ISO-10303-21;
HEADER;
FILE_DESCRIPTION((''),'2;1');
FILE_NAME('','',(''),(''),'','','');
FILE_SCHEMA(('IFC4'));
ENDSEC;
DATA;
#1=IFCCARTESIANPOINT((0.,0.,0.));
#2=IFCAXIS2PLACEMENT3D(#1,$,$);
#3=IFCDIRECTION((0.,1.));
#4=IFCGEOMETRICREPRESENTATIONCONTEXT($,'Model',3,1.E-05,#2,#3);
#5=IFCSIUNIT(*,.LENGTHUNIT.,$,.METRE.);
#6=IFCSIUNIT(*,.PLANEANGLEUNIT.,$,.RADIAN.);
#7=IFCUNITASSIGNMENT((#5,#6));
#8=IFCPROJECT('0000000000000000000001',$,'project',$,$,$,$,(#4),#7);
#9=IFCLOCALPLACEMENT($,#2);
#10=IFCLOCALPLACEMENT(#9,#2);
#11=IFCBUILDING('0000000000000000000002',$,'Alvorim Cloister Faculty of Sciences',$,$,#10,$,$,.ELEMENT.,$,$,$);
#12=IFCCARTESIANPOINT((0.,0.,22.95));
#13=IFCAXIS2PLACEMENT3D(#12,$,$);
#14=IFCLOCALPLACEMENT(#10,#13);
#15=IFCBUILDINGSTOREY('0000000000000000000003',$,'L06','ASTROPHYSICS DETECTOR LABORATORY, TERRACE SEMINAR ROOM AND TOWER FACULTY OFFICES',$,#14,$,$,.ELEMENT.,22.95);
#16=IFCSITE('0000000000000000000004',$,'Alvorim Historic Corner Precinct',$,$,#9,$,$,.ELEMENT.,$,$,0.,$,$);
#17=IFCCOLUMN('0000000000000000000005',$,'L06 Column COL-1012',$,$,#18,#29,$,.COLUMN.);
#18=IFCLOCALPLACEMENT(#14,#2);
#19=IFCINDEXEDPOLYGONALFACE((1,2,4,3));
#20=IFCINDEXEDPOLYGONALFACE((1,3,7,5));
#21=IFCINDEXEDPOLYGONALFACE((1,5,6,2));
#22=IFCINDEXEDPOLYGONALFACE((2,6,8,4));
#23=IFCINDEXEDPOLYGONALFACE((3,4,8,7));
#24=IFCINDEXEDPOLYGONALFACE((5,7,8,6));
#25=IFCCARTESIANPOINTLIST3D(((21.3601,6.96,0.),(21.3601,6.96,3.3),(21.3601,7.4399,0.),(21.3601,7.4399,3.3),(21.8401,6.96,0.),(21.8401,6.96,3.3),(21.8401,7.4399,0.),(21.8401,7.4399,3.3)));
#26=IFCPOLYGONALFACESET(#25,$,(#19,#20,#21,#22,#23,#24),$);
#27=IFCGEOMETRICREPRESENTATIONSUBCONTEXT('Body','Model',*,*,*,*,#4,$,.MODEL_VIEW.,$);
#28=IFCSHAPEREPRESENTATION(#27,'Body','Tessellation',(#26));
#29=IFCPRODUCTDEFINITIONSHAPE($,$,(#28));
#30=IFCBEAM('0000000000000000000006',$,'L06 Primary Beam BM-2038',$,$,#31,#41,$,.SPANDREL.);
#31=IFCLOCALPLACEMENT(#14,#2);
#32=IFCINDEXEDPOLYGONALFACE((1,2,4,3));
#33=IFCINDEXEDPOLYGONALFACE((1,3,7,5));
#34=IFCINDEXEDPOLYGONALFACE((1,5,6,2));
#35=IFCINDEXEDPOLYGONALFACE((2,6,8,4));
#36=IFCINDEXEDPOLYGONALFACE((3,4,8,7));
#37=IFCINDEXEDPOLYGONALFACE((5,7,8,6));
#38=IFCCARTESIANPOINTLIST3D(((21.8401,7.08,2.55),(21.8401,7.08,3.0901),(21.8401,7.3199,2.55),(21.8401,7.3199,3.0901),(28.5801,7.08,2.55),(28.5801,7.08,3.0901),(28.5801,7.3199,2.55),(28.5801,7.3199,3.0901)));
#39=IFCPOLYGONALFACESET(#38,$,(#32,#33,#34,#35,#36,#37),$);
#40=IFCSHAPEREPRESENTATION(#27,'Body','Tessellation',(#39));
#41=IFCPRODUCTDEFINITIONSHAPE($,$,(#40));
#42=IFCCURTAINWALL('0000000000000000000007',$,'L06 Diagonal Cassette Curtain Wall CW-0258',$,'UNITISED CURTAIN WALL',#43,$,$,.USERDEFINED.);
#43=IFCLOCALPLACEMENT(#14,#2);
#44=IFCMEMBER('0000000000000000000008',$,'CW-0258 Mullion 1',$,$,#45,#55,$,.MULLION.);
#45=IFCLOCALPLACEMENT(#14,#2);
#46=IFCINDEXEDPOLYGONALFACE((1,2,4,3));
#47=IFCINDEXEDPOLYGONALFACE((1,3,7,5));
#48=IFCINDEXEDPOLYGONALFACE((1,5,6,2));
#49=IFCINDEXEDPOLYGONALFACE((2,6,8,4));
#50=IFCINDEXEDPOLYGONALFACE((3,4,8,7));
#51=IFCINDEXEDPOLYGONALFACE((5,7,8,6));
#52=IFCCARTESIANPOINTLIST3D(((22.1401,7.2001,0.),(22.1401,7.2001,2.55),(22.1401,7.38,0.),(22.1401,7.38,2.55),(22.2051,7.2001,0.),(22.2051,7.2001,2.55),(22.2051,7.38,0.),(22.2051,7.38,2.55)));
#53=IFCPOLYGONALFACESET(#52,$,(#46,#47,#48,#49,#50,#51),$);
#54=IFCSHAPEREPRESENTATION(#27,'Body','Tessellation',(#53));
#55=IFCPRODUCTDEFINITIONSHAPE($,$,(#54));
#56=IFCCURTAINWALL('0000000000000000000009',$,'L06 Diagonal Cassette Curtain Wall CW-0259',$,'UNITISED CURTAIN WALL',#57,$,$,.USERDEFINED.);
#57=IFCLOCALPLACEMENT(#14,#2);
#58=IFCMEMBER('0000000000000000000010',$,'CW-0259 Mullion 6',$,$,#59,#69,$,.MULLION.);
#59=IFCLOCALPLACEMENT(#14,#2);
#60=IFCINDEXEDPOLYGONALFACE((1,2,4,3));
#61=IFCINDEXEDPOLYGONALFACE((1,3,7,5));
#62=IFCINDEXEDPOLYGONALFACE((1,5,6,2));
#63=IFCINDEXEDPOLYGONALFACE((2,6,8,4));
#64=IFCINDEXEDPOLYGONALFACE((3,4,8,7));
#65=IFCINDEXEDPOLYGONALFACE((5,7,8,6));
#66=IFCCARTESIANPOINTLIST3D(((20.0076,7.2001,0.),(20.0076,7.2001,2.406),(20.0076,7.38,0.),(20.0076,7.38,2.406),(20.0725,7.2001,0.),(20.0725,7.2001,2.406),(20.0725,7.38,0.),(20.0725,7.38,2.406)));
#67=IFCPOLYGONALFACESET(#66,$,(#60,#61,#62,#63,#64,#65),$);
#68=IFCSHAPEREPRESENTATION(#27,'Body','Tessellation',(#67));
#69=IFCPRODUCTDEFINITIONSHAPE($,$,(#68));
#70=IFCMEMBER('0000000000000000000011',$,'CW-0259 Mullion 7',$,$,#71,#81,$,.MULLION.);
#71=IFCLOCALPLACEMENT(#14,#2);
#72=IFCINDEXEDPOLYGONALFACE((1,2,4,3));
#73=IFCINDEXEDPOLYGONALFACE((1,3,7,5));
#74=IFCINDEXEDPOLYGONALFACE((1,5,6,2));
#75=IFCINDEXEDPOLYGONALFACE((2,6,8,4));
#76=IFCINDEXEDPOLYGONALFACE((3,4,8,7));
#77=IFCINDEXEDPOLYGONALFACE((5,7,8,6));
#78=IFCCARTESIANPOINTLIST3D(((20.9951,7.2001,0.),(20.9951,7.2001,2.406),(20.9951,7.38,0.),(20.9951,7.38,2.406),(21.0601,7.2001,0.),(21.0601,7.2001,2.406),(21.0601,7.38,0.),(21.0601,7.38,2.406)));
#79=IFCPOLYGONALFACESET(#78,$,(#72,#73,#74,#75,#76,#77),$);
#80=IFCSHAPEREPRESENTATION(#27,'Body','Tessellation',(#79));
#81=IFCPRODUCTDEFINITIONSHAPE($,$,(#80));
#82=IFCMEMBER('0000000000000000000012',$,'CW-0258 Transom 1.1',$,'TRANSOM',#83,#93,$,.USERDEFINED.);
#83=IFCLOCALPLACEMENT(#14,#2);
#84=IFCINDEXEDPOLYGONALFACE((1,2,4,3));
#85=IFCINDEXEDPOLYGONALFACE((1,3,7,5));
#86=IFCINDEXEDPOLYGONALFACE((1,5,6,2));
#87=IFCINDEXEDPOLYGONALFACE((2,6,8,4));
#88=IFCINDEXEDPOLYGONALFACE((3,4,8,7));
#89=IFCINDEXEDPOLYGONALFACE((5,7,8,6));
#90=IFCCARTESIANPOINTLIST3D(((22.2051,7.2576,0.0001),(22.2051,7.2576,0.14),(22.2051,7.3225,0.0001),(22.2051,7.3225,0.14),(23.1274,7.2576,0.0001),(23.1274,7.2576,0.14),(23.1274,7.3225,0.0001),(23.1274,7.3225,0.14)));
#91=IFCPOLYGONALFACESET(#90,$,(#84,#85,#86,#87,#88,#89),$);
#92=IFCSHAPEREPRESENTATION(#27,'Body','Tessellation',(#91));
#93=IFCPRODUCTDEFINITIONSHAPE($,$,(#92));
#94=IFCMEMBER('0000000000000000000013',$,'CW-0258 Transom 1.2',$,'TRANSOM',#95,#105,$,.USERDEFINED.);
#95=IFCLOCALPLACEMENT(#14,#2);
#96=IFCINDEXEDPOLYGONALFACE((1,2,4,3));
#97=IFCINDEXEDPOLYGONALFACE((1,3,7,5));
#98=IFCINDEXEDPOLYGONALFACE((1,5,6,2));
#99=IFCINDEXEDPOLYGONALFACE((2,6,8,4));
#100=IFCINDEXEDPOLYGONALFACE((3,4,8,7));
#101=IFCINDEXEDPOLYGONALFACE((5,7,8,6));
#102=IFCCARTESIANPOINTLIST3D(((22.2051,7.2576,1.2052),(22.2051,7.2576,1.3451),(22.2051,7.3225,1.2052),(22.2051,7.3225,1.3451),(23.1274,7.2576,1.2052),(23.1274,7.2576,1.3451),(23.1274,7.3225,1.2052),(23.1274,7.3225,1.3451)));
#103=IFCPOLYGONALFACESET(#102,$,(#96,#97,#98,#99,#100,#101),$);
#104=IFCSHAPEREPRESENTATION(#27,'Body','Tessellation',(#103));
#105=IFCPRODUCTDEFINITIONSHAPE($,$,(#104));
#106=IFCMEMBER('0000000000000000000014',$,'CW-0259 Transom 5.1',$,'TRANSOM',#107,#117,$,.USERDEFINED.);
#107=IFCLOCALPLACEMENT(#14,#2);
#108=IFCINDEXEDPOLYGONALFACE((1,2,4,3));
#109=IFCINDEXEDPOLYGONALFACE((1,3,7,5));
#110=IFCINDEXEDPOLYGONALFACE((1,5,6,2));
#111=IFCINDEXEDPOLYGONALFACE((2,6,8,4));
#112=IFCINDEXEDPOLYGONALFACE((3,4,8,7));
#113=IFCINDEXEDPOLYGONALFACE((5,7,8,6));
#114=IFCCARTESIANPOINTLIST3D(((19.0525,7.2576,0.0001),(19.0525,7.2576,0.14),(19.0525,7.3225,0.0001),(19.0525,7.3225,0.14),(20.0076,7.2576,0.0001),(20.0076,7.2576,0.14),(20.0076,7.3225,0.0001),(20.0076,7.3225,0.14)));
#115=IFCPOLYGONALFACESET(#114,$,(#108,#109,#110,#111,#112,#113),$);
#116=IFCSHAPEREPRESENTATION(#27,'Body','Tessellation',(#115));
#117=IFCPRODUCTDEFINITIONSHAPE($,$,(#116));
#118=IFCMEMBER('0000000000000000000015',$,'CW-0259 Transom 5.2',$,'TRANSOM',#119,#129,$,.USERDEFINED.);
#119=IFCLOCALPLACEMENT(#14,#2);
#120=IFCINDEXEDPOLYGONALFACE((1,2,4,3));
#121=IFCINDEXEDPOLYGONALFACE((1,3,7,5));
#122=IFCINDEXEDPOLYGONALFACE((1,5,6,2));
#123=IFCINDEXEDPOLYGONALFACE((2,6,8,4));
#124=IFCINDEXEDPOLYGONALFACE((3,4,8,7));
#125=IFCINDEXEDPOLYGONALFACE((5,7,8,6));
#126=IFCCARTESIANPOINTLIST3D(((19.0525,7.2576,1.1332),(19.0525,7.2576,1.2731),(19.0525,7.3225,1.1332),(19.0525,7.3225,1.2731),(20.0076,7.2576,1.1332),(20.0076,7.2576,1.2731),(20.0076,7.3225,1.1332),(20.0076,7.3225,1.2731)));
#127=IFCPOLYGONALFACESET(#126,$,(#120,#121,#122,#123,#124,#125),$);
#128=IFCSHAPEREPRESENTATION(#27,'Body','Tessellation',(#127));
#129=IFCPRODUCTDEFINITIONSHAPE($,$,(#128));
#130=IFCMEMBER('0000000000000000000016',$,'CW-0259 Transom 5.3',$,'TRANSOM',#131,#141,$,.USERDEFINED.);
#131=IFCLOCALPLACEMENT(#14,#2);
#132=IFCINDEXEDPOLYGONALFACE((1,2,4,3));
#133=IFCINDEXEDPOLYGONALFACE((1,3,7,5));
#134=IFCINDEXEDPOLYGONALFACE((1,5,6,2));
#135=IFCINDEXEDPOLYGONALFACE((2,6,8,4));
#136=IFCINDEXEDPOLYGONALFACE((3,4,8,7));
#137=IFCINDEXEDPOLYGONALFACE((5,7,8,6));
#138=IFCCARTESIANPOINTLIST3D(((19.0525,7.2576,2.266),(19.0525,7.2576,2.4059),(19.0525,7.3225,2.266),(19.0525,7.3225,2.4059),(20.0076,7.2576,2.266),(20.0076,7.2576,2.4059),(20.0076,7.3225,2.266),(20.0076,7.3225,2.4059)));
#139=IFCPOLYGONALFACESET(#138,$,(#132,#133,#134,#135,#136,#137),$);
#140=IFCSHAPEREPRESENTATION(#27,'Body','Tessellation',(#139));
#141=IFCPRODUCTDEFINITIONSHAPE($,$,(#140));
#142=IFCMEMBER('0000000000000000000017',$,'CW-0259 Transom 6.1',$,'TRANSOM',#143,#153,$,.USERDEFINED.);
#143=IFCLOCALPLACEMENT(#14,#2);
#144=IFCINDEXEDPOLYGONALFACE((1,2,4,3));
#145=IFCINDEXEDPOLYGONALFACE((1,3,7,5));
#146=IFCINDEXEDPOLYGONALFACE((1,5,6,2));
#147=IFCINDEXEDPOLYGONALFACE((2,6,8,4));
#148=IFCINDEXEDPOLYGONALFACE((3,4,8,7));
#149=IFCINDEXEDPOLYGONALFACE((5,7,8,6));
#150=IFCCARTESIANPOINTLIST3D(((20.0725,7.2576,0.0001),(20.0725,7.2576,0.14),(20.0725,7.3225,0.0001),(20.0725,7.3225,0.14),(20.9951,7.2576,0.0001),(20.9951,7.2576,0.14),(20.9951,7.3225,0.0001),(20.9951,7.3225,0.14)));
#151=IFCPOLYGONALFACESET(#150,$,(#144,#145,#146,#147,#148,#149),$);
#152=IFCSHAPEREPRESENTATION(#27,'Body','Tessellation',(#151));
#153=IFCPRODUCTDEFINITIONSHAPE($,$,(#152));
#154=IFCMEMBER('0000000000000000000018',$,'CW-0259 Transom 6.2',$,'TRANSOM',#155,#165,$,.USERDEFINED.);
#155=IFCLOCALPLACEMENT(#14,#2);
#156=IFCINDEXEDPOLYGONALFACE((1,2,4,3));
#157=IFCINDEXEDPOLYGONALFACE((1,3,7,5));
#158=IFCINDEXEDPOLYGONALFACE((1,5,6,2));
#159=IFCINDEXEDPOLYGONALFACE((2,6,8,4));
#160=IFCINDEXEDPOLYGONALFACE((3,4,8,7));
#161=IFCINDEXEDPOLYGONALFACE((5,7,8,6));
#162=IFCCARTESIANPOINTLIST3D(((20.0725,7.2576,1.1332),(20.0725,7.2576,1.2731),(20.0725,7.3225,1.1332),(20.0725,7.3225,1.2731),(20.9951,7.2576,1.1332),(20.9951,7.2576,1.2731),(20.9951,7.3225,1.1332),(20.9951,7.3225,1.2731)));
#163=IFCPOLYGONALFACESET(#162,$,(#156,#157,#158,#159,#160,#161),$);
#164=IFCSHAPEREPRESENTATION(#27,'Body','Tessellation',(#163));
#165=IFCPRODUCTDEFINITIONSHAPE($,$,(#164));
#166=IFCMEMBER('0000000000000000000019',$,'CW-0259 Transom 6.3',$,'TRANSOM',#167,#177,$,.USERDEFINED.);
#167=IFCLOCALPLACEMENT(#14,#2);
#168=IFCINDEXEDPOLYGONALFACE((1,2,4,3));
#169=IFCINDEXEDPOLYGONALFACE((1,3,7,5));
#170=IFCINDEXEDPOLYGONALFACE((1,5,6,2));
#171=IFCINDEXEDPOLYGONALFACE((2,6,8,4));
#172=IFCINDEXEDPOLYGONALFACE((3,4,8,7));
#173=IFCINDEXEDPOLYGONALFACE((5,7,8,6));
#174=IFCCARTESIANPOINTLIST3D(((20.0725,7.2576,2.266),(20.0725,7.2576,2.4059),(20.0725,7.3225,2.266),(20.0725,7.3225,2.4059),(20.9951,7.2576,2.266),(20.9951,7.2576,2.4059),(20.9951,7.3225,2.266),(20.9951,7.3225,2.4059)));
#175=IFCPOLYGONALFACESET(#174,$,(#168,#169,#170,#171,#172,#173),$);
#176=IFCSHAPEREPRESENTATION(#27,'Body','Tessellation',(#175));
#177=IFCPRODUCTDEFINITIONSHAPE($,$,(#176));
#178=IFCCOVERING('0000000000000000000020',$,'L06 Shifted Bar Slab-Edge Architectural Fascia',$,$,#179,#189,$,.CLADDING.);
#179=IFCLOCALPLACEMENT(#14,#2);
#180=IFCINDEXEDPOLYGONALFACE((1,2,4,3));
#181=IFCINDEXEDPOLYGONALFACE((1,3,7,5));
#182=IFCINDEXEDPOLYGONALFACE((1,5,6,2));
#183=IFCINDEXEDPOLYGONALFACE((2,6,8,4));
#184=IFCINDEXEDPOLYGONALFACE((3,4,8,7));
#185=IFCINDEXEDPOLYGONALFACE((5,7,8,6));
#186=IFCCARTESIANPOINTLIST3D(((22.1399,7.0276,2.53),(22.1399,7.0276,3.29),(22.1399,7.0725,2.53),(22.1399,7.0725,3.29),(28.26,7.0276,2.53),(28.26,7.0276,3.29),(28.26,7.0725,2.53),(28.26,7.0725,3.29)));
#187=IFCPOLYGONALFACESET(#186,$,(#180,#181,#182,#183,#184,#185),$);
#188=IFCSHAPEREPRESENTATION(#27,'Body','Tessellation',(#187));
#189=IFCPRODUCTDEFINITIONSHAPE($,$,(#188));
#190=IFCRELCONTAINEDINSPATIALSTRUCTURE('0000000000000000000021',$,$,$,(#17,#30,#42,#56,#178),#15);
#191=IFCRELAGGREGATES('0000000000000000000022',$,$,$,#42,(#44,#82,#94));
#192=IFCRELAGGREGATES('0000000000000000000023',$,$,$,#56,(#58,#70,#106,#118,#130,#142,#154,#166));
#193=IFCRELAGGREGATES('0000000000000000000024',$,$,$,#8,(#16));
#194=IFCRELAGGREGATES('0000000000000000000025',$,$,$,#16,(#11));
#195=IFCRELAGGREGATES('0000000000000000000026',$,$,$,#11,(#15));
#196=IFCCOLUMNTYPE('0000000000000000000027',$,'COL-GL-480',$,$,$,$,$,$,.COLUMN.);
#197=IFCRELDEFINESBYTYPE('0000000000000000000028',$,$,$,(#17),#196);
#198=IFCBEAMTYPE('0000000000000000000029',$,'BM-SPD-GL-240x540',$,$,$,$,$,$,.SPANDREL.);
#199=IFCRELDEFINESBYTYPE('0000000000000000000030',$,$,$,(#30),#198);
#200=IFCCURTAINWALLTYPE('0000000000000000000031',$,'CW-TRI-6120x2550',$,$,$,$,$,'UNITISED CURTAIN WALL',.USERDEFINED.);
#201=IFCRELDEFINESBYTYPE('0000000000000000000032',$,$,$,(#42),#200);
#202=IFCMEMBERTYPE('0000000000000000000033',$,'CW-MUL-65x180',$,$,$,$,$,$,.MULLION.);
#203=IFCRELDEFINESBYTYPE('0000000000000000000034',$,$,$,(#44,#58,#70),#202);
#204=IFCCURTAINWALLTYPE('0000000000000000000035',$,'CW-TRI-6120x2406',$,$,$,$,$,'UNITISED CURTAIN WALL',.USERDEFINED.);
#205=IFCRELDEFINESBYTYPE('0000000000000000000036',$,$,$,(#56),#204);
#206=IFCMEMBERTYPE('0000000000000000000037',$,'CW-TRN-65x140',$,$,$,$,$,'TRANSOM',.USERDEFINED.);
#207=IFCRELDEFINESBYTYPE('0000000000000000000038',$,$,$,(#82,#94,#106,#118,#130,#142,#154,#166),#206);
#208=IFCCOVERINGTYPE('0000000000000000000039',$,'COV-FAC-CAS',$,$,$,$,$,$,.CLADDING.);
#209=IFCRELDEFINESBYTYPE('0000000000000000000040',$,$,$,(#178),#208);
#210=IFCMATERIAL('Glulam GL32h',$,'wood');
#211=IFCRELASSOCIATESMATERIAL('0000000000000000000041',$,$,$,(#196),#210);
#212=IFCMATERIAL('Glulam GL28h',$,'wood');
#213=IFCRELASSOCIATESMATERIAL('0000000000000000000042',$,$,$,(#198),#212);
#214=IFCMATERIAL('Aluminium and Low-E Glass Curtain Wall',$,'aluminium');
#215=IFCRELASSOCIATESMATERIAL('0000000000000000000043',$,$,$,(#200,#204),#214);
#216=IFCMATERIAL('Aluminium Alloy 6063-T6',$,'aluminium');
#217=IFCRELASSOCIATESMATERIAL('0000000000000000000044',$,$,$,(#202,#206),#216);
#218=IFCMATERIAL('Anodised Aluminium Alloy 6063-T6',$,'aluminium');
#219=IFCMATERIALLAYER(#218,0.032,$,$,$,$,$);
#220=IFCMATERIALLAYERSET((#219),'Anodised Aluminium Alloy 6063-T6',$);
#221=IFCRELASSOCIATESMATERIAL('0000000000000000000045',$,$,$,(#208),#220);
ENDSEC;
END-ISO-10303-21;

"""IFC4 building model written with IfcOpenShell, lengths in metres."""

from ifc_helpers import new_model, si_unit, direction, frame, origin, origin_2d, place, context, subcontext, project, spatial, polyline, rectangle, outline, extrude, material, layer, layer_set, material_profile, profile_set, type_object, element, aggregate, save


model = new_model("IFC4")

# Units and contexts
model_context = context("Model", 3, precision=1e-05, world=origin(), true_north=direction((0.0, 1.0)))
body_context = subcontext(model_context, "Body", "Model", "MODEL_VIEW")
ifc_project = project(units=[si_unit("LENGTHUNIT", "METRE"), si_unit("PLANEANGLEUNIT", "RADIAN")], contexts=[model_context])

# Site, building, storey
site_placement = place(None, origin())
site = spatial("IfcSite", under=ifc_project, at=site_placement, Name="Alvorim Historic Corner Precinct", CompositionType="ELEMENT", RefElevation=0.0)
building_placement = place(site_placement, origin())
building = spatial("IfcBuilding", under=site, at=building_placement, Name="Alvorim Cloister Faculty of Sciences", CompositionType="ELEMENT")
storey_placement = place(building_placement, frame((0.0, 0.0, 22.95)))
storey = spatial("IfcBuildingStorey", under=building, at=storey_placement, Name="L06", Description="ASTROPHYSICS DETECTOR LABORATORY, TERRACE SEMINAR ROOM AND TOWER FACULTY OFFICES", CompositionType="ELEMENT", Elevation=22.95)

# Column
ifc_material_1 = material(Name="Glulam GL32h", Category="wood")
ifc_material_profile_1 = material_profile(ifc_material_1, rectangle(XDim=0.48, YDim=0.48, at=origin_2d()), Name="GL32-COL-480x480")
ifc_profile_set_1 = profile_set([ifc_material_profile_1], Name="Glulam GL32h")
column_type = type_object("IfcColumnType", Name="COL-GL-480", PredefinedType="COLUMN", material=ifc_profile_set_1)
column_placement = place(storey_placement, frame((21.6001, 7.2, 0.0), z_axis=(0.0, 0.0, 1.0), x_axis=(1.0, 0.0, 0.0)))
element("IfcColumn", 1, at=column_placement, inside=storey, type_object=column_type, Name="L06 Column COL-1012", PredefinedType="COLUMN", context=body_context, shape_type="SweptSolid", body=[
    extrude(rectangle(XDim=0.48, YDim=0.48, at=origin_2d()), origin(), (0.0, 0.0, 1.0), 3.3),
])

# Beam
ifc_material_2 = material(Name="Glulam GL28h", Category="wood")
ifc_material_profile_2 = material_profile(ifc_material_2, rectangle(XDim=0.24, YDim=0.54, at=origin_2d()), Name="GL28-SPD-240x540")
ifc_profile_set_2 = profile_set([ifc_material_profile_2], Name="Glulam GL28h")
beam_type = type_object("IfcBeamType", Name="BM-SPD-GL-240x540", PredefinedType="SPANDREL", material=ifc_profile_set_2)
beam_placement = place(storey_placement, frame((21.8401, 7.2, 2.8201), z_axis=(1.0, 0.0, 0.0), x_axis=(0.0, 1.0, 0.0)))
element("IfcBeam", 2, at=beam_placement, inside=storey, type_object=beam_type, Name="L06 Primary Beam BM-2038", PredefinedType="SPANDREL", context=body_context, shape_type="SweptSolid", body=[
    extrude(rectangle(XDim=0.24, YDim=0.54, at=origin_2d()), origin(), (0.0, 0.0, 1.0), 6.74),
])

# Curtain wall, member
ifc_material_3 = material(Name="Aluminium and Low-E Glass Curtain Wall", Category="aluminium")
curtain_wall_type_1 = type_object("IfcCurtainWallType", Name="CW-TRI-6120x2550", ElementType="UNITISED CURTAIN WALL", PredefinedType="USERDEFINED", material=ifc_material_3)
curtain_wall_1_placement = place(storey_placement, origin())
curtain_wall_1 = element("IfcCurtainWall", 3, at=curtain_wall_1_placement, inside=storey, type_object=curtain_wall_type_1, Name="L06 Diagonal Cassette Curtain Wall CW-0258", ObjectType="UNITISED CURTAIN WALL", PredefinedType="USERDEFINED")
ifc_material_4 = material(Name="Aluminium Alloy 6063-T6", Category="aluminium")
ifc_material_profile_3 = material_profile(ifc_material_4, rectangle(XDim=0.0649, YDim=0.1799, at=origin_2d()), Name="ALU-MUL-65x180")
ifc_profile_set_3 = profile_set([ifc_material_profile_3], Name="Aluminium Alloy 6063-T6")
member_type_1 = type_object("IfcMemberType", Name="CW-MUL-65x180", PredefinedType="MULLION", material=ifc_profile_set_3)
member_1_placement = place(storey_placement, frame((22.1726, 7.29, 0.0), z_axis=(0.0, 0.0, 1.0), x_axis=(1.0, 0.0, 0.0)))
member_1 = element("IfcMember", 4, at=member_1_placement, type_object=member_type_1, Name="CW-0258 Mullion 1", PredefinedType="MULLION", context=body_context, shape_type="SweptSolid", body=[
    extrude(rectangle(XDim=0.0649, YDim=0.1799, at=origin_2d()), origin(), (0.0, 0.0, 1.0), 2.55),
])

# Curtain wall, members
curtain_wall_type_2 = type_object("IfcCurtainWallType", Name="CW-TRI-6120x2406", ElementType="UNITISED CURTAIN WALL", PredefinedType="USERDEFINED", material=ifc_material_3)
curtain_wall_2_placement = place(storey_placement, origin())
curtain_wall_2 = element("IfcCurtainWall", 5, at=curtain_wall_2_placement, inside=storey, type_object=curtain_wall_type_2, Name="L06 Diagonal Cassette Curtain Wall CW-0259", ObjectType="UNITISED CURTAIN WALL", PredefinedType="USERDEFINED")
member_2_placement = place(storey_placement, frame((20.04, 7.29, 0.0), z_axis=(0.0, 0.0, 1.0), x_axis=(1.0, 0.0, 0.0)))
member_2 = element("IfcMember", 6, at=member_2_placement, type_object=member_type_1, Name="CW-0259 Mullion 6", PredefinedType="MULLION", context=body_context, shape_type="SweptSolid", body=[
    extrude(rectangle(XDim=0.0649, YDim=0.1799, at=origin_2d()), origin(), (0.0, 0.0, 1.0), 2.406),
])
member_3_placement = place(storey_placement, frame((21.0276, 7.29, 0.0), z_axis=(0.0, 0.0, 1.0), x_axis=(1.0, 0.0, 0.0)))
member_3 = element("IfcMember", 7, at=member_3_placement, type_object=member_type_1, Name="CW-0259 Mullion 7", PredefinedType="MULLION", context=body_context, shape_type="SweptSolid", body=[
    extrude(rectangle(XDim=0.0649, YDim=0.1799, at=origin_2d()), origin(), (0.0, 0.0, 1.0), 2.406),
])

# Members
ifc_material_profile_4 = material_profile(ifc_material_4, rectangle(XDim=0.0649, YDim=0.1399, at=origin_2d()), Name="ALU-TRN-65x140")
ifc_profile_set_4 = profile_set([ifc_material_profile_4], Name="Aluminium Alloy 6063-T6")
member_type_2 = type_object("IfcMemberType", Name="CW-TRN-65x140", ElementType="TRANSOM", PredefinedType="USERDEFINED", material=ifc_profile_set_4)
member_4_placement = place(storey_placement, frame((22.2051, 7.29, 0.0701), z_axis=(1.0, 0.0, 0.0), x_axis=(0.0, 1.0, 0.0)))
member_4 = element("IfcMember", 8, at=member_4_placement, type_object=member_type_2, Name="CW-0258 Transom 1.1", ObjectType="TRANSOM", PredefinedType="USERDEFINED", context=body_context, shape_type="SweptSolid", body=[
    extrude(rectangle(XDim=0.0649, YDim=0.1399, at=origin_2d()), origin(), (0.0, 0.0, 1.0), 0.9224),
])
member_5_placement = place(storey_placement, frame((22.2051, 7.29, 1.2751), z_axis=(1.0, 0.0, 0.0), x_axis=(0.0, 1.0, 0.0)))
member_5 = element("IfcMember", 9, at=member_5_placement, type_object=member_type_2, Name="CW-0258 Transom 1.2", ObjectType="TRANSOM", PredefinedType="USERDEFINED", context=body_context, shape_type="SweptSolid", body=[
    extrude(rectangle(XDim=0.0649, YDim=0.1399, at=origin_2d()), origin(), (0.0, 0.0, 1.0), 0.9224),
])
member_6_placement = place(storey_placement, frame((19.0525, 7.29, 0.0701), z_axis=(1.0, 0.0, 0.0), x_axis=(0.0, 1.0, 0.0)))
member_6 = element("IfcMember", 10, at=member_6_placement, type_object=member_type_2, Name="CW-0259 Transom 5.1", ObjectType="TRANSOM", PredefinedType="USERDEFINED", context=body_context, shape_type="SweptSolid", body=[
    extrude(rectangle(XDim=0.0649, YDim=0.1399, at=origin_2d()), origin(), (0.0, 0.0, 1.0), 0.9551),
])
member_7_placement = place(storey_placement, frame((19.0525, 7.29, 1.2031), z_axis=(1.0, 0.0, 0.0), x_axis=(0.0, 1.0, 0.0)))
member_7 = element("IfcMember", 11, at=member_7_placement, type_object=member_type_2, Name="CW-0259 Transom 5.2", ObjectType="TRANSOM", PredefinedType="USERDEFINED", context=body_context, shape_type="SweptSolid", body=[
    extrude(rectangle(XDim=0.0649, YDim=0.1399, at=origin_2d()), origin(), (0.0, 0.0, 1.0), 0.9551),
])
member_8_placement = place(storey_placement, frame((19.0525, 7.29, 2.3359), z_axis=(1.0, 0.0, 0.0), x_axis=(0.0, 1.0, 0.0)))
member_8 = element("IfcMember", 12, at=member_8_placement, type_object=member_type_2, Name="CW-0259 Transom 5.3", ObjectType="TRANSOM", PredefinedType="USERDEFINED", context=body_context, shape_type="SweptSolid", body=[
    extrude(rectangle(XDim=0.0649, YDim=0.1399, at=origin_2d()), origin(), (0.0, 0.0, 1.0), 0.9551),
])
member_9_placement = place(storey_placement, frame((20.0725, 7.29, 0.0701), z_axis=(1.0, 0.0, 0.0), x_axis=(0.0, 1.0, 0.0)))
member_9 = element("IfcMember", 13, at=member_9_placement, type_object=member_type_2, Name="CW-0259 Transom 6.1", ObjectType="TRANSOM", PredefinedType="USERDEFINED", context=body_context, shape_type="SweptSolid", body=[
    extrude(rectangle(XDim=0.0649, YDim=0.1399, at=origin_2d()), origin(), (0.0, 0.0, 1.0), 0.9226),
])
member_10_placement = place(storey_placement, frame((20.0725, 7.29, 1.2031), z_axis=(1.0, 0.0, 0.0), x_axis=(0.0, 1.0, 0.0)))
member_10 = element("IfcMember", 14, at=member_10_placement, type_object=member_type_2, Name="CW-0259 Transom 6.2", ObjectType="TRANSOM", PredefinedType="USERDEFINED", context=body_context, shape_type="SweptSolid", body=[
    extrude(rectangle(XDim=0.0649, YDim=0.1399, at=origin_2d()), origin(), (0.0, 0.0, 1.0), 0.9226),
])
member_11_placement = place(storey_placement, frame((20.0725, 7.29, 2.3359), z_axis=(1.0, 0.0, 0.0), x_axis=(0.0, 1.0, 0.0)))
member_11 = element("IfcMember", 15, at=member_11_placement, type_object=member_type_2, Name="CW-0259 Transom 6.3", ObjectType="TRANSOM", PredefinedType="USERDEFINED", context=body_context, shape_type="SweptSolid", body=[
    extrude(rectangle(XDim=0.0649, YDim=0.1399, at=origin_2d()), origin(), (0.0, 0.0, 1.0), 0.9226),
])

aggregate(curtain_wall_1, [member_1, member_4, member_5])
aggregate(curtain_wall_2, [member_2, member_3, member_6, member_7, member_8, member_9, member_10, member_11])

# Covering
ifc_material_5 = material(Name="Anodised Aluminium Alloy 6063-T6", Category="aluminium")
ifc_layer_1 = layer(ifc_material_5, 0.032)
ifc_layer_set_1 = layer_set([ifc_layer_1], Name="Anodised Aluminium Alloy 6063-T6")
covering_type = type_object("IfcCoveringType", Name="COV-FAC-CAS", PredefinedType="CLADDING", material=ifc_layer_set_1)
covering_placement = place(storey_placement, frame((22.1399, 7.05, 2.53), z_axis=(0.0, 0.0, 1.0), x_axis=(1.0, 0.0, 0.0)))
element("IfcCovering", 16, at=covering_placement, inside=storey, type_object=covering_type, Name="L06 Shifted Bar Slab-Edge Architectural Fascia", PredefinedType="CLADDING", context=body_context, shape_type="SweptSolid", body=[
    extrude(outline(polyline([(0.0, 0.0), (6.1201, 0.0), (6.1201, 0.76), (0.0, 0.76), (0.0, 0.0)])), frame((0.0, 0.0225, 0.0), z_axis=(0.0, -1.0, 0.0), x_axis=(1.0, 0.0, 0.0)), (0.0, 0.0, 1.0), 0.0449),
])

save(model, "model.ifc")
